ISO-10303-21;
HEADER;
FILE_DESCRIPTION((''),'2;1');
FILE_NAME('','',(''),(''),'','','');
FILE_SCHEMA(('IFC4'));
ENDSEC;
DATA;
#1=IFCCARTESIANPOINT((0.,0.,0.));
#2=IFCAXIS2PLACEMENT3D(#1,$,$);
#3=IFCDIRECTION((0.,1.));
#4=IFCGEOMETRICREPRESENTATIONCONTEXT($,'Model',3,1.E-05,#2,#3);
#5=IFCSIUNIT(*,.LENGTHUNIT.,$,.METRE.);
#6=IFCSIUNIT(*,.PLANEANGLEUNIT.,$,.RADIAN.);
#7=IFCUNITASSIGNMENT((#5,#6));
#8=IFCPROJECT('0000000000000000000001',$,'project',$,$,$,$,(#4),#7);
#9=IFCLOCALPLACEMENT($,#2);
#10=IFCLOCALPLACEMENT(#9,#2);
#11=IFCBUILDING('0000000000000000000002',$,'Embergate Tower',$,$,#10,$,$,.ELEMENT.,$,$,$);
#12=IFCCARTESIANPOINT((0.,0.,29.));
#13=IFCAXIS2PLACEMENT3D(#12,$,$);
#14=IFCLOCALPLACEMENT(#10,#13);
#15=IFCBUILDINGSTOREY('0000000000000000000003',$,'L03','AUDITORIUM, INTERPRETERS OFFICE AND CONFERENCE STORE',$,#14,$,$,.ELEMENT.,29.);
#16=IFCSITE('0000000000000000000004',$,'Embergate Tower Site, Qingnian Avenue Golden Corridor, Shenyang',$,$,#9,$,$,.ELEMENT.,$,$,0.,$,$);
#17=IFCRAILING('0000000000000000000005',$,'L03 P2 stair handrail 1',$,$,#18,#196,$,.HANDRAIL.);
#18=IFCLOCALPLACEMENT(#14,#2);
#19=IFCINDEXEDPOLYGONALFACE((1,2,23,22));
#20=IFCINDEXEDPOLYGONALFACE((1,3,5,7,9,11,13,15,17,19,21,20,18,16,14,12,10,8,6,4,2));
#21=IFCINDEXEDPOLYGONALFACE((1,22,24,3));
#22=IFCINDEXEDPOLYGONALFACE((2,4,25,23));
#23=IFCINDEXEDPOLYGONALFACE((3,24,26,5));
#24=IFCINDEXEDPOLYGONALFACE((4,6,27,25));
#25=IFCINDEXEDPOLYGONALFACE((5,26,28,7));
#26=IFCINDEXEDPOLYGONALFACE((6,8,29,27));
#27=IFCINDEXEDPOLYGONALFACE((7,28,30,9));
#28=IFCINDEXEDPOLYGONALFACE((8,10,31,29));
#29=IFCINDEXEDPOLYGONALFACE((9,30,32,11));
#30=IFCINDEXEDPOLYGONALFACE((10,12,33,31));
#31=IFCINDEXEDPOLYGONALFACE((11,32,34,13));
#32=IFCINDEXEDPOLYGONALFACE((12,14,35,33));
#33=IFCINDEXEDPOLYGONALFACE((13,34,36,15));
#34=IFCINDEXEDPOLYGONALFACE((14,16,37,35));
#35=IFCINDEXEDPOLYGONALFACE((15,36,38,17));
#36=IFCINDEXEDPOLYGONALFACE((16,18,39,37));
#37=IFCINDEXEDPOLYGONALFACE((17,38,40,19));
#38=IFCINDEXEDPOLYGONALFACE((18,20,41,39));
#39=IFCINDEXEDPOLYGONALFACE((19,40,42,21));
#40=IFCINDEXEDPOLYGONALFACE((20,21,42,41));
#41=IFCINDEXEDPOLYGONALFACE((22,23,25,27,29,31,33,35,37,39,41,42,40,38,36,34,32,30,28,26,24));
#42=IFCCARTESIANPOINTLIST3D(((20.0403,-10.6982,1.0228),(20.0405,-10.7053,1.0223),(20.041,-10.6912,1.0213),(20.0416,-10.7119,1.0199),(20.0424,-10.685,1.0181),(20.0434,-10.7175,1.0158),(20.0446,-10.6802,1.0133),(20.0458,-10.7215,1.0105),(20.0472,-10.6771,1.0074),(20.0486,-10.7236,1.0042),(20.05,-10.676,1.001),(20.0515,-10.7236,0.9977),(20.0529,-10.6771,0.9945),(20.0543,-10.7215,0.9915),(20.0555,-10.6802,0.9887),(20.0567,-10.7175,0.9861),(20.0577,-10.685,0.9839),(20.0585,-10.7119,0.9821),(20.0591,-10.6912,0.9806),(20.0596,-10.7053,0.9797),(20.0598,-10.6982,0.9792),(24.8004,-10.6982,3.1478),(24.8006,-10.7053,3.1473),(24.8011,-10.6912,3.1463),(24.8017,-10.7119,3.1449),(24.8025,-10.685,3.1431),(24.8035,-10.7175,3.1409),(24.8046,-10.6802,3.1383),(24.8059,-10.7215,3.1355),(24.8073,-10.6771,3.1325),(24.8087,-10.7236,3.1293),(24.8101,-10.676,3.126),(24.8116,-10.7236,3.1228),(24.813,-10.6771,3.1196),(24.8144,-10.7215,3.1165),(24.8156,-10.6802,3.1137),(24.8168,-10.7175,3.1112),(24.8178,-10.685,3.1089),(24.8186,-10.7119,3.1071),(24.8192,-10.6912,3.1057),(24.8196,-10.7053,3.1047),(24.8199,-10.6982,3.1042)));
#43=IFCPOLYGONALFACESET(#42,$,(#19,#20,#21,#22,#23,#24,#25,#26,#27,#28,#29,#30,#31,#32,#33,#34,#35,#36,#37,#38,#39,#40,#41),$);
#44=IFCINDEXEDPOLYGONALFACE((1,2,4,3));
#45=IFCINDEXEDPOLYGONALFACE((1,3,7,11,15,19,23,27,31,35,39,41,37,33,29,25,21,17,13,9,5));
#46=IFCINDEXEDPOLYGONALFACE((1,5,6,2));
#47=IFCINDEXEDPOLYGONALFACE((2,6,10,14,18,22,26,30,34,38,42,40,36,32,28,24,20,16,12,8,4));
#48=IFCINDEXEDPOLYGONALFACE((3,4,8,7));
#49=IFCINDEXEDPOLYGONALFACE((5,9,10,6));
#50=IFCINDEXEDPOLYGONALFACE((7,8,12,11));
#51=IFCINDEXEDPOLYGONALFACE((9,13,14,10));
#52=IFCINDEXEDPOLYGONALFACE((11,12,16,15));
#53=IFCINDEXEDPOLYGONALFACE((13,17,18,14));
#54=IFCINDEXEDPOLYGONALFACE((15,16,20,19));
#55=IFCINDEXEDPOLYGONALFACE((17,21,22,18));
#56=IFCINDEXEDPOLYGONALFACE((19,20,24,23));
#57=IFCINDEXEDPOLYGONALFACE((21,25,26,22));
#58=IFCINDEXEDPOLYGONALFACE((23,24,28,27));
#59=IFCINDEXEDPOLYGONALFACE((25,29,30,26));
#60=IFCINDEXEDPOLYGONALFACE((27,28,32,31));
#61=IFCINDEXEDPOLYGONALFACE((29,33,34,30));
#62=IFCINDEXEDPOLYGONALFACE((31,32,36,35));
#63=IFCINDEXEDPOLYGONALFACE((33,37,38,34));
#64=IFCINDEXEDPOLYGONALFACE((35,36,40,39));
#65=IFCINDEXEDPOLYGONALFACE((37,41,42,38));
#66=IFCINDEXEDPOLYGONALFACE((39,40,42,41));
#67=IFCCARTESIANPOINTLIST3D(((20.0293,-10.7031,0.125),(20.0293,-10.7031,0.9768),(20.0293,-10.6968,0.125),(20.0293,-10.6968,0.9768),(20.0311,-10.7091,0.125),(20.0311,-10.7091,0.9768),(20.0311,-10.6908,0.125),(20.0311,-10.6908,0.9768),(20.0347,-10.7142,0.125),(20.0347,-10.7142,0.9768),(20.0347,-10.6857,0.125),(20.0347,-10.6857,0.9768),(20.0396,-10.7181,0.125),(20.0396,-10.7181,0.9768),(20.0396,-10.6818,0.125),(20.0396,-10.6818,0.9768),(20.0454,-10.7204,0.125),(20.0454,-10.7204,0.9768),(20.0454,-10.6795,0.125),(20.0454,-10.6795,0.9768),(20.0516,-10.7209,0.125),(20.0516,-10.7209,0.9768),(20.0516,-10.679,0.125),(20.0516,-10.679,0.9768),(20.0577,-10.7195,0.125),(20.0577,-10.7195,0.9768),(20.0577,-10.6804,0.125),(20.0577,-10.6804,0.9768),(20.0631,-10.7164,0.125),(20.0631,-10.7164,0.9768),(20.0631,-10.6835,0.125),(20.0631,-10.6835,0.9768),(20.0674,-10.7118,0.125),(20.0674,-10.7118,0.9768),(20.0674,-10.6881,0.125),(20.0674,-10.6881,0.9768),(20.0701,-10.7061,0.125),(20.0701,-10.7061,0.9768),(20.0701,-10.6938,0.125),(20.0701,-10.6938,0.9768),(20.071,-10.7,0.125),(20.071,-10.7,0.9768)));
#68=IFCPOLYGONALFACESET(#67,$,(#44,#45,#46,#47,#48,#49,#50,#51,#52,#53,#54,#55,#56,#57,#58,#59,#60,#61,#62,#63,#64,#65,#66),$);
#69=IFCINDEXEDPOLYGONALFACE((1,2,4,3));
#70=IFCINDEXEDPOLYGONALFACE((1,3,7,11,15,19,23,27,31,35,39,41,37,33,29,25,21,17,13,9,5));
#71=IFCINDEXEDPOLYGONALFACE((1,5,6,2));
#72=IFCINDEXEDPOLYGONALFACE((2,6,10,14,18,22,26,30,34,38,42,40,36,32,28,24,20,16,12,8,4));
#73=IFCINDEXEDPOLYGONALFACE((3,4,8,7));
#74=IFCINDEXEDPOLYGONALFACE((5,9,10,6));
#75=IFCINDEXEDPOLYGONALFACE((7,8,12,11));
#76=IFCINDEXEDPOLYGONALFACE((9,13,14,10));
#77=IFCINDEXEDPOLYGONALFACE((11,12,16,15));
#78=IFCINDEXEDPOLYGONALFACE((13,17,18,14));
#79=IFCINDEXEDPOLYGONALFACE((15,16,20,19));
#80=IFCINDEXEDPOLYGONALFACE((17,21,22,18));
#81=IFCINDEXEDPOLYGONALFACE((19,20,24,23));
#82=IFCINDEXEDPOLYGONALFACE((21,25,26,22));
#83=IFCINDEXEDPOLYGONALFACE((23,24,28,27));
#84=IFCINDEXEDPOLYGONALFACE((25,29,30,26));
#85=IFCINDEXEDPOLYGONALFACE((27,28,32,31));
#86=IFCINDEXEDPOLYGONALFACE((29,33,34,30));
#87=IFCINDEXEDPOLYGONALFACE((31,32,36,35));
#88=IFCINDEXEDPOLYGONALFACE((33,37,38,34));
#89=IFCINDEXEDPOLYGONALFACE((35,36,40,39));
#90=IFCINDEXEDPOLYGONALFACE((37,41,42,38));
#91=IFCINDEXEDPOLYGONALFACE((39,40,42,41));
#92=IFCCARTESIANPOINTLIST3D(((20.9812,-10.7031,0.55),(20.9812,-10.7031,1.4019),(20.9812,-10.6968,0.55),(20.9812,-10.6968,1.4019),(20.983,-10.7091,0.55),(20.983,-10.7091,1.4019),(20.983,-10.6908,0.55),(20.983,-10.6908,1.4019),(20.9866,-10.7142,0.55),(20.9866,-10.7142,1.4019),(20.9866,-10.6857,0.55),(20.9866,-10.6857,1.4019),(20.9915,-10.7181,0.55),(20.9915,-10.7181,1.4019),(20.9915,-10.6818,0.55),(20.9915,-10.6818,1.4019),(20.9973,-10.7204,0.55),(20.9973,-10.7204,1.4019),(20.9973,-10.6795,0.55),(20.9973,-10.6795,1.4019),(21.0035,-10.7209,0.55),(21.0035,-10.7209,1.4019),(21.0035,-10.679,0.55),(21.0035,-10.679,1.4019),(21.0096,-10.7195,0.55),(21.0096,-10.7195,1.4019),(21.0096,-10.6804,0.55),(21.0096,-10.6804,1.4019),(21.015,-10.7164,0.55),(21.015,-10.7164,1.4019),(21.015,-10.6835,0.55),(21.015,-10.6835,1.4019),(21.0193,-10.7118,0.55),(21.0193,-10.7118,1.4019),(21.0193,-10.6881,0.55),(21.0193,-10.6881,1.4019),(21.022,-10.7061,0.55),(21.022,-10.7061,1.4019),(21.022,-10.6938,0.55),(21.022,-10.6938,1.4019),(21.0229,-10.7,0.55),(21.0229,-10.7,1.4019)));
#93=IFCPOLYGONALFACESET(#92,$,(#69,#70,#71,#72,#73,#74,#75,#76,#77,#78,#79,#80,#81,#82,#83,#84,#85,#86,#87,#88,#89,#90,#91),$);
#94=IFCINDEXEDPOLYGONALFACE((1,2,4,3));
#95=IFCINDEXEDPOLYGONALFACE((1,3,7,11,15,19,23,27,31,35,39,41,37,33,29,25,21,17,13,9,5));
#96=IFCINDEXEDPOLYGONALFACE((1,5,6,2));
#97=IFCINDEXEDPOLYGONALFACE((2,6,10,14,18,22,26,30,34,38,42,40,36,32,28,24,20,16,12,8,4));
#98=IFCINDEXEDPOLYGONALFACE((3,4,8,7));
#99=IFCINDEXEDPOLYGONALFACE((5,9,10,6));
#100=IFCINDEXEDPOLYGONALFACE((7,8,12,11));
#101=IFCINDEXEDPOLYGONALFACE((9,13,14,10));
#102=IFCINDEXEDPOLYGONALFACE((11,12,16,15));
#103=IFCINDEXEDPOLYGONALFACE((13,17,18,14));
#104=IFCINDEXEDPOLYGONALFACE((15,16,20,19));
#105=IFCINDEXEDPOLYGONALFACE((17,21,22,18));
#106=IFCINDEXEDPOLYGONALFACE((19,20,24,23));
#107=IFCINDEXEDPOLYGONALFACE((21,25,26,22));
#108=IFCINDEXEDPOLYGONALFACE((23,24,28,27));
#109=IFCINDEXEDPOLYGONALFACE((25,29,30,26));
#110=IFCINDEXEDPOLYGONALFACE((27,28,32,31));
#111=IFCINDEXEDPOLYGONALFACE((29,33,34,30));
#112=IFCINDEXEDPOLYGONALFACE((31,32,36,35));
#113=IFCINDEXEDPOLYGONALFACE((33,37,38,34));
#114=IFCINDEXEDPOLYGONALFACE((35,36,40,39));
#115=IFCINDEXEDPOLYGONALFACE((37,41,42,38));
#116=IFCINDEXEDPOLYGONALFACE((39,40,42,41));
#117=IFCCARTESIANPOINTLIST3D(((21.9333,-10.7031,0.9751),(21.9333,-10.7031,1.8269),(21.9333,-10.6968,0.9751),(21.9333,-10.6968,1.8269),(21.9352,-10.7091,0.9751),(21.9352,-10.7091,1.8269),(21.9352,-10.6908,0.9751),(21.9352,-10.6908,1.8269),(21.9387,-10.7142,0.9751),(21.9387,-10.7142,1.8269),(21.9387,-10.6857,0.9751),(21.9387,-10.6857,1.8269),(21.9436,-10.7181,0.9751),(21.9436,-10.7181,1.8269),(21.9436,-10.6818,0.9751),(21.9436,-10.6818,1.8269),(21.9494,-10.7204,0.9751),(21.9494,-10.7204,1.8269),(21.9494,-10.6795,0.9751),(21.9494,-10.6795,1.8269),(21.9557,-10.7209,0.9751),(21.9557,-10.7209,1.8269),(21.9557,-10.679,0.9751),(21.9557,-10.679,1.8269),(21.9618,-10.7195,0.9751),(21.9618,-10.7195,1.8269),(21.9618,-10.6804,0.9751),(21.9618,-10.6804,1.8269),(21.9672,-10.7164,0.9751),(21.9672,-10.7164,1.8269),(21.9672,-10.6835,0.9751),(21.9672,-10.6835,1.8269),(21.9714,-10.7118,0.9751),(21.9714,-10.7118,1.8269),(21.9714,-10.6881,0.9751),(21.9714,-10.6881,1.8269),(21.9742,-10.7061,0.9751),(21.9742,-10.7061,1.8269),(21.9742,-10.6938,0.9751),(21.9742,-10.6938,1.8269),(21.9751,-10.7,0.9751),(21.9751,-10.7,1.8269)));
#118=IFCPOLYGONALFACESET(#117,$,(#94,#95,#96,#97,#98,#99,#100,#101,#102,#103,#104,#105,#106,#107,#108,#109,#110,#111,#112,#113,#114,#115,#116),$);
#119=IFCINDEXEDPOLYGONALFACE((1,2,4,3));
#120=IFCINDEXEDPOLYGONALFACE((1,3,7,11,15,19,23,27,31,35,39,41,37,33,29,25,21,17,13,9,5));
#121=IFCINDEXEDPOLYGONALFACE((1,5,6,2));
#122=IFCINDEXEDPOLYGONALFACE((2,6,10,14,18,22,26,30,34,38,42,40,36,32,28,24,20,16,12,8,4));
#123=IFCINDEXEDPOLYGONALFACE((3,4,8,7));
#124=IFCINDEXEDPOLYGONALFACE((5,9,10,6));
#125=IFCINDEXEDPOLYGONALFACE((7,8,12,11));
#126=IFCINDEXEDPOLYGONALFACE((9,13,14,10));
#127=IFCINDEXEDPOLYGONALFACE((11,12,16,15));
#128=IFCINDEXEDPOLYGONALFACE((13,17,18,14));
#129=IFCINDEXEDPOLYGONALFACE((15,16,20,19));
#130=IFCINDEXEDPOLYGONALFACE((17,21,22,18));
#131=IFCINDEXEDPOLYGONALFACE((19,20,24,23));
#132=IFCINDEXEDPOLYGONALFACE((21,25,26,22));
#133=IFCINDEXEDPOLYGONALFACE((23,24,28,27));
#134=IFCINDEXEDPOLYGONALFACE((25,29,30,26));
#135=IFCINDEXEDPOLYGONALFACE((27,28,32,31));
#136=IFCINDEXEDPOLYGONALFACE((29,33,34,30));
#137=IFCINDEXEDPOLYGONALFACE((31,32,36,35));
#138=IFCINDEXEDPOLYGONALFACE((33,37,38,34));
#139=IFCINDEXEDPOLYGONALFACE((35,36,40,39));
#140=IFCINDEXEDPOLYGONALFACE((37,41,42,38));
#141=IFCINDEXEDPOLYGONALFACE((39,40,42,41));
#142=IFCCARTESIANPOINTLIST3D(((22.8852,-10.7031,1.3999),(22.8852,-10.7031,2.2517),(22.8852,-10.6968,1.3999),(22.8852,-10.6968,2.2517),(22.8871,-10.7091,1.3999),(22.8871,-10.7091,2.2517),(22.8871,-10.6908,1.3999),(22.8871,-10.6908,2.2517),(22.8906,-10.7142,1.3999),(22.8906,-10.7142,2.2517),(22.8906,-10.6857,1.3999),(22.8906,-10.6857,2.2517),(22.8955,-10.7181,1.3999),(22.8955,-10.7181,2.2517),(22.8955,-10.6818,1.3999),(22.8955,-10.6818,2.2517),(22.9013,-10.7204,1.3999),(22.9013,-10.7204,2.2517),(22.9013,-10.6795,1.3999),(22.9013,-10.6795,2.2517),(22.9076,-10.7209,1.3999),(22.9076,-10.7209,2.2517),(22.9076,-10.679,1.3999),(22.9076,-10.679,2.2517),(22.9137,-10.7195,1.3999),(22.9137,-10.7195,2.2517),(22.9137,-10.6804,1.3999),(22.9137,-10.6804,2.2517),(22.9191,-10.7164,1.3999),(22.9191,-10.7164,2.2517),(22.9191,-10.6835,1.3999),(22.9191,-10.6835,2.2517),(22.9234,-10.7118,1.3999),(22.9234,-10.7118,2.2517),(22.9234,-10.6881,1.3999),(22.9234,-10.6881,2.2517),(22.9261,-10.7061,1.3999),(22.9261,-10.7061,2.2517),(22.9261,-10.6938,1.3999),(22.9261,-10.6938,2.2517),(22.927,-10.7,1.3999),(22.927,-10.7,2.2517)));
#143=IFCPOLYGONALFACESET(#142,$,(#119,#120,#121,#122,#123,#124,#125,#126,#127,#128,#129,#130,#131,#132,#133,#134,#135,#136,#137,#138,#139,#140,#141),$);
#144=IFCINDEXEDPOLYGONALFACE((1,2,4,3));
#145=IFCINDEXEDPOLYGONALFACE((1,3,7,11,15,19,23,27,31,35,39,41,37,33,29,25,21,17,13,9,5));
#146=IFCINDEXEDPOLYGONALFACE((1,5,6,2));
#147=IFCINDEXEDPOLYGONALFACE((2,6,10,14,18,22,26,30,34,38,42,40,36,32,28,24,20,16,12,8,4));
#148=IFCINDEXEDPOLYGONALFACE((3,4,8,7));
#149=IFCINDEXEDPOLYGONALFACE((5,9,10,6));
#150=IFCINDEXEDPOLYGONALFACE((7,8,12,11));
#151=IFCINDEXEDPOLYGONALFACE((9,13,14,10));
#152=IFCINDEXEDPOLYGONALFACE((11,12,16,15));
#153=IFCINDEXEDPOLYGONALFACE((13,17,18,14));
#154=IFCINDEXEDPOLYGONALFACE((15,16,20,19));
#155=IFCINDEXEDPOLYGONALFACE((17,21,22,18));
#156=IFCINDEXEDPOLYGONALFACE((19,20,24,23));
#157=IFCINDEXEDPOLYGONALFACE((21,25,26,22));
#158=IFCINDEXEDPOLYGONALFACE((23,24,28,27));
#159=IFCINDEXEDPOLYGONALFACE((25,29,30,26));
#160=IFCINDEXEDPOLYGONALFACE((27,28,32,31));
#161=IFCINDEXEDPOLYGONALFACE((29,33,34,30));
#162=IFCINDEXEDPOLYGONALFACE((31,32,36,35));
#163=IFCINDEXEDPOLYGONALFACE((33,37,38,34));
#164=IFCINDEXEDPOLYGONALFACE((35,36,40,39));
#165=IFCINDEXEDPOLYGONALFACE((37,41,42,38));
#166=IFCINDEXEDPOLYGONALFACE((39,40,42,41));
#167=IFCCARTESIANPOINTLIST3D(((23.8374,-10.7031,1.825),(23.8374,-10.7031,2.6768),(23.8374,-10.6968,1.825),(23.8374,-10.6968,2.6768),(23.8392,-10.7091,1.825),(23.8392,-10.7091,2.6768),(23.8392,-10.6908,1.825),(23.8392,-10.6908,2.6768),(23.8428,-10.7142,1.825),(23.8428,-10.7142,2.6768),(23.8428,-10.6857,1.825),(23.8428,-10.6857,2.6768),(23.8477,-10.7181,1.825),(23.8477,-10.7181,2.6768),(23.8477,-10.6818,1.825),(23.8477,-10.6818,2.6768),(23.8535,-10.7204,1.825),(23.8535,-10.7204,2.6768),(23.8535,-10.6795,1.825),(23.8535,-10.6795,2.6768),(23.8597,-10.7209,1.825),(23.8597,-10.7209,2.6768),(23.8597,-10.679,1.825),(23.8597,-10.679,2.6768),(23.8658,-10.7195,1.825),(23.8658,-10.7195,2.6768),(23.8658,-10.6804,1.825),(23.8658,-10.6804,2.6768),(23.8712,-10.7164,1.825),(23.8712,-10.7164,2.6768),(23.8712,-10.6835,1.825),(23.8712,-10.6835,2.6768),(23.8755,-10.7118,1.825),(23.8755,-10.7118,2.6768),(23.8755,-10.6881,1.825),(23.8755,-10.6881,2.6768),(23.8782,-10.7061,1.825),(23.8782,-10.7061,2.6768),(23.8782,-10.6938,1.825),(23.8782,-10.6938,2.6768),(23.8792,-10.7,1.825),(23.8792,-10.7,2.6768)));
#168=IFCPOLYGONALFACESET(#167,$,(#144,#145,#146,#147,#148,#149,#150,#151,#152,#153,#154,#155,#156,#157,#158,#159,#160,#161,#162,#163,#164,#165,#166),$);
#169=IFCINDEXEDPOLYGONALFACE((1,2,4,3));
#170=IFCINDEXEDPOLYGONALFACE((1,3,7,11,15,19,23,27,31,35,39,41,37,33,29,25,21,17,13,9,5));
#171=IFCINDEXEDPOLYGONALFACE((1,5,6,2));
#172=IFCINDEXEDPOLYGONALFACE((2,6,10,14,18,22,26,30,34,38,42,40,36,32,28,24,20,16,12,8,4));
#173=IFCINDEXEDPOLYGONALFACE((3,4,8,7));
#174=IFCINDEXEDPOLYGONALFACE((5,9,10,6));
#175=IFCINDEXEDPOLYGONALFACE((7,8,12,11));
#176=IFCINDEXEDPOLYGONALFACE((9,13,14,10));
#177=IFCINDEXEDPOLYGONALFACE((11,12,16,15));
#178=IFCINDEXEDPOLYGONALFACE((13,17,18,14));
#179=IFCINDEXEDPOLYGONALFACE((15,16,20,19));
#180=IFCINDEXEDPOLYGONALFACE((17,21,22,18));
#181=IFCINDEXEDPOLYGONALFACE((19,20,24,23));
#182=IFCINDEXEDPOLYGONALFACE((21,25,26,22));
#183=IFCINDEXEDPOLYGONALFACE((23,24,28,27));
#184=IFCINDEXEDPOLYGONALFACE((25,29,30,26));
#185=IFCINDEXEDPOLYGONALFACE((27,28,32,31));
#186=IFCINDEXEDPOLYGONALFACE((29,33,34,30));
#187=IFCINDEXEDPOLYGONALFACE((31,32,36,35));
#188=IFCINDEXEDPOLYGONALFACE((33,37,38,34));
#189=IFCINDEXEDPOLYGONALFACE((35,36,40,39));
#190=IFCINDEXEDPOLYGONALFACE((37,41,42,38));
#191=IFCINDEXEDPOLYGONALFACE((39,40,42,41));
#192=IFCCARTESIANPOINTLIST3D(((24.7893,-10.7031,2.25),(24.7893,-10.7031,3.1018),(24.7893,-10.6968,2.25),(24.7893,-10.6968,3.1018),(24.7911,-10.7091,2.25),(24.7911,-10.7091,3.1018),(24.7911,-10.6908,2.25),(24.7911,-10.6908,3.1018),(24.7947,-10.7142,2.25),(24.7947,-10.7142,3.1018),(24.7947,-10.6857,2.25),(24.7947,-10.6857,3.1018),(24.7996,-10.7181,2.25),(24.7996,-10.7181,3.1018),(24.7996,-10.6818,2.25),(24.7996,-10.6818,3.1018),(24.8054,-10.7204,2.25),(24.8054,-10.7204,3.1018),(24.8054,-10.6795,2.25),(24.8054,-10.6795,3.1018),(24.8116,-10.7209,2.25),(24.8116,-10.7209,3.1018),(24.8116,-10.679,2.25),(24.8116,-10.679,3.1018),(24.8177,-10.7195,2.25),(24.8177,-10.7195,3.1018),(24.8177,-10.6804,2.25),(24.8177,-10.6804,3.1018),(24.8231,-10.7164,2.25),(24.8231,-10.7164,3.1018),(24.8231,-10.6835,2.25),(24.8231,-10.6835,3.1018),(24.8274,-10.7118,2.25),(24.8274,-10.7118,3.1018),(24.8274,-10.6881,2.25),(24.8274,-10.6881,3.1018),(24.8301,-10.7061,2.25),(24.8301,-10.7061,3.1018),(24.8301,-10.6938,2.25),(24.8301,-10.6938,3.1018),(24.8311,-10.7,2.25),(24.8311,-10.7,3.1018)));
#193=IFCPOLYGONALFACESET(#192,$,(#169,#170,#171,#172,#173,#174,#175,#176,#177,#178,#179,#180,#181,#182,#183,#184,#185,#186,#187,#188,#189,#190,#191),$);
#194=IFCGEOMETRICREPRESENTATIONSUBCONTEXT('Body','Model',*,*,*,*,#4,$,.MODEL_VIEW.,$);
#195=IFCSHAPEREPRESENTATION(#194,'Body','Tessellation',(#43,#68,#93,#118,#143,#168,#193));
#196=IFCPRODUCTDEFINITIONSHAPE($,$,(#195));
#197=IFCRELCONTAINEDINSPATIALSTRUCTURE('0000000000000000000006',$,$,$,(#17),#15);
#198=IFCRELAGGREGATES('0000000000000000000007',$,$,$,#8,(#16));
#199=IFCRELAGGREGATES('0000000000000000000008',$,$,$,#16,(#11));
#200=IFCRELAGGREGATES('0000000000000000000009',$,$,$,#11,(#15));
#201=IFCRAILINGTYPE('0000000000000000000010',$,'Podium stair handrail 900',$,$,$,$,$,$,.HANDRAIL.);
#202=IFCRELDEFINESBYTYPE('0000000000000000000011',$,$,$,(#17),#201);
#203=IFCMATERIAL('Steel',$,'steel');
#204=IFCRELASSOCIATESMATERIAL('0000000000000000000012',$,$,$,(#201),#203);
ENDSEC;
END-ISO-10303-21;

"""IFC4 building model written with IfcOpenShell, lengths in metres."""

from ifc_helpers import new_model, si_unit, direction, frame, origin, origin_2d, place, context, subcontext, project, spatial, circle, extrude, source, transform, mapped, material, type_object, element, save


model = new_model("IFC4")

# Units and contexts
model_context = context("Model", 3, precision=1e-05, world=origin(), true_north=direction((0.0, 1.0)))
body_context = subcontext(model_context, "Body", "Model", "MODEL_VIEW")
ifc_project = project(units=[si_unit("LENGTHUNIT", "METRE"), si_unit("PLANEANGLEUNIT", "RADIAN")], contexts=[model_context])

# Site, building, storey
site_placement = place(None, origin())
site = spatial("IfcSite", under=ifc_project, at=site_placement, Name="Embergate Tower Site, Qingnian Avenue Golden Corridor, Shenyang", CompositionType="ELEMENT", RefElevation=0.0)
building_placement = place(site_placement, origin())
building = spatial("IfcBuilding", under=site, at=building_placement, Name="Embergate Tower", CompositionType="ELEMENT")
storey_placement = place(building_placement, frame((0.0, 0.0, 29.0)))
storey = spatial("IfcBuildingStorey", under=building, at=storey_placement, Name="L03", Description="AUDITORIUM, INTERPRETERS OFFICE AND CONFERENCE STORE", CompositionType="ELEMENT", Elevation=29.0)

# Railing
ifc_material_1 = material(Name="Steel", Category="steel")
railing_type_1 = type_object("IfcRailingType", Name="Podium stair handrail 900", PredefinedType="HANDRAIL", material=ifc_material_1)
shared_shape_1 = source(origin(), body_context, "Body", "SweptSolid", [
    extrude(circle(Radius=0.0239, at=origin_2d()), frame((0.0, 0.0, 0.876), z_axis=(0.913138, 0.0, 0.40765), x_axis=(0.0, 1.0, 0.0)), (0.0, 0.0, 1.0), 5.2129),
    extrude(circle(Radius=0.021, at=origin_2d()), origin(), (0.0, 0.0, 1.0), 0.8518),
    extrude(circle(Radius=0.021, at=origin_2d()), frame((0.9519, 0.0, 0.425)), (0.0, 0.0, 1.0), 0.8518),
    extrude(circle(Radius=0.021, at=origin_2d()), frame((1.9041, 0.0, 0.8501)), (0.0, 0.0, 1.0), 0.8518),
    extrude(circle(Radius=0.021, at=origin_2d()), frame((2.856, 0.0, 1.2749)), (0.0, 0.0, 1.0), 0.8518),
    extrude(circle(Radius=0.021, at=origin_2d()), frame((3.8081, 0.0, 1.7)), (0.0, 0.0, 1.0), 0.8518),
    extrude(circle(Radius=0.021, at=origin_2d()), frame((4.76, 0.0, 2.125)), (0.0, 0.0, 1.0), 0.8518),
])
railing_1_placement = place(storey_placement, frame((20.05, -10.7, 0.125)))
element("IfcRailing", 1, at=railing_1_placement, inside=storey, type_object=railing_type_1, Name="L03 P2 stair handrail 1", PredefinedType="HANDRAIL", context=body_context, shape_type="MappedRepresentation", body=[
    mapped(shared_shape_1, transform((0.0, 0.0, 0.0))),
])

save(model, "model.ifc")
